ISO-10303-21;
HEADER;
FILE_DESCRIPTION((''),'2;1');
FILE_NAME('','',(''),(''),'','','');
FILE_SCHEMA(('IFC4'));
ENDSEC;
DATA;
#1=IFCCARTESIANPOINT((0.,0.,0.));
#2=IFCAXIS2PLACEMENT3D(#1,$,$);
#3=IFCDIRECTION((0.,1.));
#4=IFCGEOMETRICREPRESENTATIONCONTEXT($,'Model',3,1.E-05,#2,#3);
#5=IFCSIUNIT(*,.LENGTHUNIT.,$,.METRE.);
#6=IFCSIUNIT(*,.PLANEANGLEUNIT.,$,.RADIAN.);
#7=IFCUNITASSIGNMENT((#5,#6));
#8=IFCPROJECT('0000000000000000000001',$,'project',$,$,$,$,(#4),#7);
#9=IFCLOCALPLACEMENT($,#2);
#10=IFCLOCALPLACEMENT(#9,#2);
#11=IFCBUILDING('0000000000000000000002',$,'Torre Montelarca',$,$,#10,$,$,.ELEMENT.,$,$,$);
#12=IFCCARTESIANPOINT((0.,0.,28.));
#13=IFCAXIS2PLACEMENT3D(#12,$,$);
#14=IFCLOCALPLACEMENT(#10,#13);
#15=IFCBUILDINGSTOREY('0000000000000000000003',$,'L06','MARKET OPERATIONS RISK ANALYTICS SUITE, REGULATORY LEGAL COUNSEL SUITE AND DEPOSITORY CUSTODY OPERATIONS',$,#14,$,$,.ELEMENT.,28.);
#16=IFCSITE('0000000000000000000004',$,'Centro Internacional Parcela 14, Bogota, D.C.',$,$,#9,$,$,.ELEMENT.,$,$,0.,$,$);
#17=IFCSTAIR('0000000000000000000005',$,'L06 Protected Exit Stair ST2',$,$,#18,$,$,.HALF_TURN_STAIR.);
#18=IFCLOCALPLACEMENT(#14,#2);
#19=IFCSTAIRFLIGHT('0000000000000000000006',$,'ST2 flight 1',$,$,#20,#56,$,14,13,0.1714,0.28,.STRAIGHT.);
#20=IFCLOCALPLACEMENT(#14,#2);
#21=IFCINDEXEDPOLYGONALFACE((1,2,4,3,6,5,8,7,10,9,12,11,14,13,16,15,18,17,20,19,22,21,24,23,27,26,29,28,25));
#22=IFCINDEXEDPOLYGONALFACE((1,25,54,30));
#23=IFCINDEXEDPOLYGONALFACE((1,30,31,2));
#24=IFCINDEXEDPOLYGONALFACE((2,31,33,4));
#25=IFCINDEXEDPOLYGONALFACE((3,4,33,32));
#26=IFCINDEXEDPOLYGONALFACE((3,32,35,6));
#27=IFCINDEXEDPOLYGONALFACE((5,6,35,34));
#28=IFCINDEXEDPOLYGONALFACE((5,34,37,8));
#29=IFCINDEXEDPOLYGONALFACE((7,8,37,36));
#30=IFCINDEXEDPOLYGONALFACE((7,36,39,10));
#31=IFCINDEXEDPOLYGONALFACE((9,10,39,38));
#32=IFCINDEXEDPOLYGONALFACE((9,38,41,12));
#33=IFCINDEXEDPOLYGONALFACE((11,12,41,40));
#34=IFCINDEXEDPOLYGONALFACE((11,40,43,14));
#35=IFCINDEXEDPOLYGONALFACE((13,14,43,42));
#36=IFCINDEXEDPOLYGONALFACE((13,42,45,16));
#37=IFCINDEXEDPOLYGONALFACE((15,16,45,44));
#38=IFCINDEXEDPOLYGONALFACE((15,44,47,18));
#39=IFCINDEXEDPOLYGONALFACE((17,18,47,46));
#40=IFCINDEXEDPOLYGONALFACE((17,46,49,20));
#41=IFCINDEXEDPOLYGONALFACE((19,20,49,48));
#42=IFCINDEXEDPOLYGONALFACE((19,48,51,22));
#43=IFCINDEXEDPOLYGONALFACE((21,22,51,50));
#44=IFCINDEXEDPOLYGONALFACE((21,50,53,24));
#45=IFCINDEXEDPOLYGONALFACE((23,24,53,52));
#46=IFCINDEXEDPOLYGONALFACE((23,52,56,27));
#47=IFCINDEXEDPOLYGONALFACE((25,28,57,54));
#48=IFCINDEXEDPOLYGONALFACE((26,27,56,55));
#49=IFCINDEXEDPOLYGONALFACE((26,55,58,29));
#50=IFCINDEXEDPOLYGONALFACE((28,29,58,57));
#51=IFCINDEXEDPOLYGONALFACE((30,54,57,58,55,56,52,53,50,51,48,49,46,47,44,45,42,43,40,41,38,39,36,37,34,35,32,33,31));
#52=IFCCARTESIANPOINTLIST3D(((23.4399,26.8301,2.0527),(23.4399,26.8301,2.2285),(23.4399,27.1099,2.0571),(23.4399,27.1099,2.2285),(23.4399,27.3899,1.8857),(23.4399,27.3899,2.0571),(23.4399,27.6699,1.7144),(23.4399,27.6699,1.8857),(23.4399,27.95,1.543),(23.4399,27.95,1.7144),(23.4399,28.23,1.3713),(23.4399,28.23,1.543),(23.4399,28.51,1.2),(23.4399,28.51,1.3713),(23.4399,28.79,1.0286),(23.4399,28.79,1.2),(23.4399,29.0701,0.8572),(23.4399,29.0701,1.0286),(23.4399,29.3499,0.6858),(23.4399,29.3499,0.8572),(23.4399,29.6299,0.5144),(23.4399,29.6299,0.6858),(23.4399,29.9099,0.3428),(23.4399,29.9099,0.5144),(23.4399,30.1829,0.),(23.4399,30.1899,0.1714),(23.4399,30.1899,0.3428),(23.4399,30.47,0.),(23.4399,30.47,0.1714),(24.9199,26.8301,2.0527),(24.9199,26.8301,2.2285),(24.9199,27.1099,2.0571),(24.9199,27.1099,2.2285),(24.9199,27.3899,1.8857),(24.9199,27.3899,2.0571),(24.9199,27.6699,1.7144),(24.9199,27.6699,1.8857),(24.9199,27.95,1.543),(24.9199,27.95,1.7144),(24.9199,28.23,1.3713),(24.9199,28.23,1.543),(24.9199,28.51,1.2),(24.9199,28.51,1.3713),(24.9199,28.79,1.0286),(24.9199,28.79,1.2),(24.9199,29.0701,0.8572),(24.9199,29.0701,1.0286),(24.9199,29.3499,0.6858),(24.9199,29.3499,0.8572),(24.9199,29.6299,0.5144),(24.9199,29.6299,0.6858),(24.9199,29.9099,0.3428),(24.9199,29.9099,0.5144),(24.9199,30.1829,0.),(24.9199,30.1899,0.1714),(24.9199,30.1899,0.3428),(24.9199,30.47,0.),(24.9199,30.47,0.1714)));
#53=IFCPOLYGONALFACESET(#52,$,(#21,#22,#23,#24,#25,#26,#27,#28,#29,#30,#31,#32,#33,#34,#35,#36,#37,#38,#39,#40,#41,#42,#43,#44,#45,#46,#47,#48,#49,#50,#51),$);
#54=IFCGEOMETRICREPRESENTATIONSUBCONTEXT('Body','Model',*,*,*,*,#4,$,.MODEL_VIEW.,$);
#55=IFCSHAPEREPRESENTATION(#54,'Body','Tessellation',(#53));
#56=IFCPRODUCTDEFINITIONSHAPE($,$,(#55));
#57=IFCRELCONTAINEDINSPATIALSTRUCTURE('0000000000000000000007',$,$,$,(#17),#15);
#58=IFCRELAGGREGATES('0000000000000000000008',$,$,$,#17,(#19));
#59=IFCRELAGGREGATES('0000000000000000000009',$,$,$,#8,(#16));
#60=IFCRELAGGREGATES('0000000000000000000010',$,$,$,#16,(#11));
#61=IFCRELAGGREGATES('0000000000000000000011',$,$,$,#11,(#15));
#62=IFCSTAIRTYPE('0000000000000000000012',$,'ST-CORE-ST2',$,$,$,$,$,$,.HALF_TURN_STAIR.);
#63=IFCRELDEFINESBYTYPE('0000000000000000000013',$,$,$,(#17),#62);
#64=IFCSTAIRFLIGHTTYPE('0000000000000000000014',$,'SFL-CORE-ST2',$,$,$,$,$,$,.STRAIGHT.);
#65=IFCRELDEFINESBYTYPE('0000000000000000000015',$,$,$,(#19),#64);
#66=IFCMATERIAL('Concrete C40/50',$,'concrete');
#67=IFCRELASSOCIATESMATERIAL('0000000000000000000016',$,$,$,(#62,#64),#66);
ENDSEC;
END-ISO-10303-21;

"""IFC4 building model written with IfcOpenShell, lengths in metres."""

from ifc_helpers import new_model, si_unit, direction, frame, origin, place, context, subcontext, project, spatial, polyline, outline, extrude, material, type_object, element, aggregate, save


model = new_model("IFC4")

# Units and contexts
model_context = context("Model", 3, precision=1e-05, world=origin(), true_north=direction((0.0, 1.0)))
body_context = subcontext(model_context, "Body", "Model", "MODEL_VIEW")
ifc_project = project(units=[si_unit("LENGTHUNIT", "METRE"), si_unit("PLANEANGLEUNIT", "RADIAN")], contexts=[model_context])

# Site, building, storey
site_placement = place(None, origin())
site = spatial("IfcSite", under=ifc_project, at=site_placement, Name="Centro Internacional Parcela 14, Bogota, D.C.", CompositionType="ELEMENT", RefElevation=0.0)
building_placement = place(site_placement, origin())
building = spatial("IfcBuilding", under=site, at=building_placement, Name="Torre Montelarca", CompositionType="ELEMENT")
storey_placement = place(building_placement, frame((0.0, 0.0, 28.0)))
storey = spatial("IfcBuildingStorey", under=building, at=storey_placement, Name="L06", Description="MARKET OPERATIONS RISK ANALYTICS SUITE, REGULATORY LEGAL COUNSEL SUITE AND DEPOSITORY CUSTODY OPERATIONS", CompositionType="ELEMENT", Elevation=28.0)

# Shared definitions
ifc_material_1 = material(Name="Concrete C40/50", Category="concrete")

# Stair, stair flight
stair_type = type_object("IfcStairType", Name="ST-CORE-ST2", PredefinedType="HALF_TURN_STAIR", material=ifc_material_1)
stair_placement = place(storey_placement, origin())
stair = element("IfcStair", 1, at=stair_placement, inside=storey, type_object=stair_type, Name="L06 Protected Exit Stair ST2", PredefinedType="HALF_TURN_STAIR")
stair_flight_type = type_object("IfcStairFlightType", Name="SFL-CORE-ST2", PredefinedType="STRAIGHT", material=ifc_material_1)
stair_flight_placement = place(storey_placement, frame((24.1799, 30.47, 0.0), z_axis=(0.0, 0.0, 1.0), x_axis=(0.0, -1.0, 0.0)))
stair_flight = element("IfcStairFlight", 2, at=stair_flight_placement, type_object=stair_flight_type, Name="ST2 flight 1", NumberOfRisers=14, NumberOfTreads=13, PredefinedType="STRAIGHT", RiserHeight=0.1714, TreadLength=0.28, context=body_context, shape_type="SweptSolid", body=[
    extrude(outline(polyline([(0.0, 0.0), (0.0, 0.1714), (0.28, 0.1714), (0.28, 0.3428), (0.5601, 0.3428), (0.5601, 0.5144), (0.8401, 0.5144), (0.8401, 0.6858), (1.1201, 0.6858), (1.1201, 0.8572), (1.3999, 0.8572), (1.3999, 1.0286), (1.6799, 1.0286), (1.6799, 1.2), (1.96, 1.2), (1.96, 1.3713), (2.24, 1.3713), (2.24, 1.543), (2.52, 1.543), (2.52, 1.7144), (2.8, 1.7144), (2.8, 1.8857), (3.0801, 1.8857), (3.0801, 2.0571), (3.3601, 2.0571), (3.3601, 2.2285), (3.6399, 2.2285), (3.6399, 2.3999), (3.6399, 2.0527), (0.2871, 0.0), (0.0, 0.0)])), frame((0.0, 0.74, 0.0), z_axis=(0.0, -1.0, 0.0), x_axis=(1.0, 0.0, 0.0)), (0.0, 0.0, 1.0), 1.48),
])
aggregate(stair, [stair_flight])

save(model, "model.ifc")
